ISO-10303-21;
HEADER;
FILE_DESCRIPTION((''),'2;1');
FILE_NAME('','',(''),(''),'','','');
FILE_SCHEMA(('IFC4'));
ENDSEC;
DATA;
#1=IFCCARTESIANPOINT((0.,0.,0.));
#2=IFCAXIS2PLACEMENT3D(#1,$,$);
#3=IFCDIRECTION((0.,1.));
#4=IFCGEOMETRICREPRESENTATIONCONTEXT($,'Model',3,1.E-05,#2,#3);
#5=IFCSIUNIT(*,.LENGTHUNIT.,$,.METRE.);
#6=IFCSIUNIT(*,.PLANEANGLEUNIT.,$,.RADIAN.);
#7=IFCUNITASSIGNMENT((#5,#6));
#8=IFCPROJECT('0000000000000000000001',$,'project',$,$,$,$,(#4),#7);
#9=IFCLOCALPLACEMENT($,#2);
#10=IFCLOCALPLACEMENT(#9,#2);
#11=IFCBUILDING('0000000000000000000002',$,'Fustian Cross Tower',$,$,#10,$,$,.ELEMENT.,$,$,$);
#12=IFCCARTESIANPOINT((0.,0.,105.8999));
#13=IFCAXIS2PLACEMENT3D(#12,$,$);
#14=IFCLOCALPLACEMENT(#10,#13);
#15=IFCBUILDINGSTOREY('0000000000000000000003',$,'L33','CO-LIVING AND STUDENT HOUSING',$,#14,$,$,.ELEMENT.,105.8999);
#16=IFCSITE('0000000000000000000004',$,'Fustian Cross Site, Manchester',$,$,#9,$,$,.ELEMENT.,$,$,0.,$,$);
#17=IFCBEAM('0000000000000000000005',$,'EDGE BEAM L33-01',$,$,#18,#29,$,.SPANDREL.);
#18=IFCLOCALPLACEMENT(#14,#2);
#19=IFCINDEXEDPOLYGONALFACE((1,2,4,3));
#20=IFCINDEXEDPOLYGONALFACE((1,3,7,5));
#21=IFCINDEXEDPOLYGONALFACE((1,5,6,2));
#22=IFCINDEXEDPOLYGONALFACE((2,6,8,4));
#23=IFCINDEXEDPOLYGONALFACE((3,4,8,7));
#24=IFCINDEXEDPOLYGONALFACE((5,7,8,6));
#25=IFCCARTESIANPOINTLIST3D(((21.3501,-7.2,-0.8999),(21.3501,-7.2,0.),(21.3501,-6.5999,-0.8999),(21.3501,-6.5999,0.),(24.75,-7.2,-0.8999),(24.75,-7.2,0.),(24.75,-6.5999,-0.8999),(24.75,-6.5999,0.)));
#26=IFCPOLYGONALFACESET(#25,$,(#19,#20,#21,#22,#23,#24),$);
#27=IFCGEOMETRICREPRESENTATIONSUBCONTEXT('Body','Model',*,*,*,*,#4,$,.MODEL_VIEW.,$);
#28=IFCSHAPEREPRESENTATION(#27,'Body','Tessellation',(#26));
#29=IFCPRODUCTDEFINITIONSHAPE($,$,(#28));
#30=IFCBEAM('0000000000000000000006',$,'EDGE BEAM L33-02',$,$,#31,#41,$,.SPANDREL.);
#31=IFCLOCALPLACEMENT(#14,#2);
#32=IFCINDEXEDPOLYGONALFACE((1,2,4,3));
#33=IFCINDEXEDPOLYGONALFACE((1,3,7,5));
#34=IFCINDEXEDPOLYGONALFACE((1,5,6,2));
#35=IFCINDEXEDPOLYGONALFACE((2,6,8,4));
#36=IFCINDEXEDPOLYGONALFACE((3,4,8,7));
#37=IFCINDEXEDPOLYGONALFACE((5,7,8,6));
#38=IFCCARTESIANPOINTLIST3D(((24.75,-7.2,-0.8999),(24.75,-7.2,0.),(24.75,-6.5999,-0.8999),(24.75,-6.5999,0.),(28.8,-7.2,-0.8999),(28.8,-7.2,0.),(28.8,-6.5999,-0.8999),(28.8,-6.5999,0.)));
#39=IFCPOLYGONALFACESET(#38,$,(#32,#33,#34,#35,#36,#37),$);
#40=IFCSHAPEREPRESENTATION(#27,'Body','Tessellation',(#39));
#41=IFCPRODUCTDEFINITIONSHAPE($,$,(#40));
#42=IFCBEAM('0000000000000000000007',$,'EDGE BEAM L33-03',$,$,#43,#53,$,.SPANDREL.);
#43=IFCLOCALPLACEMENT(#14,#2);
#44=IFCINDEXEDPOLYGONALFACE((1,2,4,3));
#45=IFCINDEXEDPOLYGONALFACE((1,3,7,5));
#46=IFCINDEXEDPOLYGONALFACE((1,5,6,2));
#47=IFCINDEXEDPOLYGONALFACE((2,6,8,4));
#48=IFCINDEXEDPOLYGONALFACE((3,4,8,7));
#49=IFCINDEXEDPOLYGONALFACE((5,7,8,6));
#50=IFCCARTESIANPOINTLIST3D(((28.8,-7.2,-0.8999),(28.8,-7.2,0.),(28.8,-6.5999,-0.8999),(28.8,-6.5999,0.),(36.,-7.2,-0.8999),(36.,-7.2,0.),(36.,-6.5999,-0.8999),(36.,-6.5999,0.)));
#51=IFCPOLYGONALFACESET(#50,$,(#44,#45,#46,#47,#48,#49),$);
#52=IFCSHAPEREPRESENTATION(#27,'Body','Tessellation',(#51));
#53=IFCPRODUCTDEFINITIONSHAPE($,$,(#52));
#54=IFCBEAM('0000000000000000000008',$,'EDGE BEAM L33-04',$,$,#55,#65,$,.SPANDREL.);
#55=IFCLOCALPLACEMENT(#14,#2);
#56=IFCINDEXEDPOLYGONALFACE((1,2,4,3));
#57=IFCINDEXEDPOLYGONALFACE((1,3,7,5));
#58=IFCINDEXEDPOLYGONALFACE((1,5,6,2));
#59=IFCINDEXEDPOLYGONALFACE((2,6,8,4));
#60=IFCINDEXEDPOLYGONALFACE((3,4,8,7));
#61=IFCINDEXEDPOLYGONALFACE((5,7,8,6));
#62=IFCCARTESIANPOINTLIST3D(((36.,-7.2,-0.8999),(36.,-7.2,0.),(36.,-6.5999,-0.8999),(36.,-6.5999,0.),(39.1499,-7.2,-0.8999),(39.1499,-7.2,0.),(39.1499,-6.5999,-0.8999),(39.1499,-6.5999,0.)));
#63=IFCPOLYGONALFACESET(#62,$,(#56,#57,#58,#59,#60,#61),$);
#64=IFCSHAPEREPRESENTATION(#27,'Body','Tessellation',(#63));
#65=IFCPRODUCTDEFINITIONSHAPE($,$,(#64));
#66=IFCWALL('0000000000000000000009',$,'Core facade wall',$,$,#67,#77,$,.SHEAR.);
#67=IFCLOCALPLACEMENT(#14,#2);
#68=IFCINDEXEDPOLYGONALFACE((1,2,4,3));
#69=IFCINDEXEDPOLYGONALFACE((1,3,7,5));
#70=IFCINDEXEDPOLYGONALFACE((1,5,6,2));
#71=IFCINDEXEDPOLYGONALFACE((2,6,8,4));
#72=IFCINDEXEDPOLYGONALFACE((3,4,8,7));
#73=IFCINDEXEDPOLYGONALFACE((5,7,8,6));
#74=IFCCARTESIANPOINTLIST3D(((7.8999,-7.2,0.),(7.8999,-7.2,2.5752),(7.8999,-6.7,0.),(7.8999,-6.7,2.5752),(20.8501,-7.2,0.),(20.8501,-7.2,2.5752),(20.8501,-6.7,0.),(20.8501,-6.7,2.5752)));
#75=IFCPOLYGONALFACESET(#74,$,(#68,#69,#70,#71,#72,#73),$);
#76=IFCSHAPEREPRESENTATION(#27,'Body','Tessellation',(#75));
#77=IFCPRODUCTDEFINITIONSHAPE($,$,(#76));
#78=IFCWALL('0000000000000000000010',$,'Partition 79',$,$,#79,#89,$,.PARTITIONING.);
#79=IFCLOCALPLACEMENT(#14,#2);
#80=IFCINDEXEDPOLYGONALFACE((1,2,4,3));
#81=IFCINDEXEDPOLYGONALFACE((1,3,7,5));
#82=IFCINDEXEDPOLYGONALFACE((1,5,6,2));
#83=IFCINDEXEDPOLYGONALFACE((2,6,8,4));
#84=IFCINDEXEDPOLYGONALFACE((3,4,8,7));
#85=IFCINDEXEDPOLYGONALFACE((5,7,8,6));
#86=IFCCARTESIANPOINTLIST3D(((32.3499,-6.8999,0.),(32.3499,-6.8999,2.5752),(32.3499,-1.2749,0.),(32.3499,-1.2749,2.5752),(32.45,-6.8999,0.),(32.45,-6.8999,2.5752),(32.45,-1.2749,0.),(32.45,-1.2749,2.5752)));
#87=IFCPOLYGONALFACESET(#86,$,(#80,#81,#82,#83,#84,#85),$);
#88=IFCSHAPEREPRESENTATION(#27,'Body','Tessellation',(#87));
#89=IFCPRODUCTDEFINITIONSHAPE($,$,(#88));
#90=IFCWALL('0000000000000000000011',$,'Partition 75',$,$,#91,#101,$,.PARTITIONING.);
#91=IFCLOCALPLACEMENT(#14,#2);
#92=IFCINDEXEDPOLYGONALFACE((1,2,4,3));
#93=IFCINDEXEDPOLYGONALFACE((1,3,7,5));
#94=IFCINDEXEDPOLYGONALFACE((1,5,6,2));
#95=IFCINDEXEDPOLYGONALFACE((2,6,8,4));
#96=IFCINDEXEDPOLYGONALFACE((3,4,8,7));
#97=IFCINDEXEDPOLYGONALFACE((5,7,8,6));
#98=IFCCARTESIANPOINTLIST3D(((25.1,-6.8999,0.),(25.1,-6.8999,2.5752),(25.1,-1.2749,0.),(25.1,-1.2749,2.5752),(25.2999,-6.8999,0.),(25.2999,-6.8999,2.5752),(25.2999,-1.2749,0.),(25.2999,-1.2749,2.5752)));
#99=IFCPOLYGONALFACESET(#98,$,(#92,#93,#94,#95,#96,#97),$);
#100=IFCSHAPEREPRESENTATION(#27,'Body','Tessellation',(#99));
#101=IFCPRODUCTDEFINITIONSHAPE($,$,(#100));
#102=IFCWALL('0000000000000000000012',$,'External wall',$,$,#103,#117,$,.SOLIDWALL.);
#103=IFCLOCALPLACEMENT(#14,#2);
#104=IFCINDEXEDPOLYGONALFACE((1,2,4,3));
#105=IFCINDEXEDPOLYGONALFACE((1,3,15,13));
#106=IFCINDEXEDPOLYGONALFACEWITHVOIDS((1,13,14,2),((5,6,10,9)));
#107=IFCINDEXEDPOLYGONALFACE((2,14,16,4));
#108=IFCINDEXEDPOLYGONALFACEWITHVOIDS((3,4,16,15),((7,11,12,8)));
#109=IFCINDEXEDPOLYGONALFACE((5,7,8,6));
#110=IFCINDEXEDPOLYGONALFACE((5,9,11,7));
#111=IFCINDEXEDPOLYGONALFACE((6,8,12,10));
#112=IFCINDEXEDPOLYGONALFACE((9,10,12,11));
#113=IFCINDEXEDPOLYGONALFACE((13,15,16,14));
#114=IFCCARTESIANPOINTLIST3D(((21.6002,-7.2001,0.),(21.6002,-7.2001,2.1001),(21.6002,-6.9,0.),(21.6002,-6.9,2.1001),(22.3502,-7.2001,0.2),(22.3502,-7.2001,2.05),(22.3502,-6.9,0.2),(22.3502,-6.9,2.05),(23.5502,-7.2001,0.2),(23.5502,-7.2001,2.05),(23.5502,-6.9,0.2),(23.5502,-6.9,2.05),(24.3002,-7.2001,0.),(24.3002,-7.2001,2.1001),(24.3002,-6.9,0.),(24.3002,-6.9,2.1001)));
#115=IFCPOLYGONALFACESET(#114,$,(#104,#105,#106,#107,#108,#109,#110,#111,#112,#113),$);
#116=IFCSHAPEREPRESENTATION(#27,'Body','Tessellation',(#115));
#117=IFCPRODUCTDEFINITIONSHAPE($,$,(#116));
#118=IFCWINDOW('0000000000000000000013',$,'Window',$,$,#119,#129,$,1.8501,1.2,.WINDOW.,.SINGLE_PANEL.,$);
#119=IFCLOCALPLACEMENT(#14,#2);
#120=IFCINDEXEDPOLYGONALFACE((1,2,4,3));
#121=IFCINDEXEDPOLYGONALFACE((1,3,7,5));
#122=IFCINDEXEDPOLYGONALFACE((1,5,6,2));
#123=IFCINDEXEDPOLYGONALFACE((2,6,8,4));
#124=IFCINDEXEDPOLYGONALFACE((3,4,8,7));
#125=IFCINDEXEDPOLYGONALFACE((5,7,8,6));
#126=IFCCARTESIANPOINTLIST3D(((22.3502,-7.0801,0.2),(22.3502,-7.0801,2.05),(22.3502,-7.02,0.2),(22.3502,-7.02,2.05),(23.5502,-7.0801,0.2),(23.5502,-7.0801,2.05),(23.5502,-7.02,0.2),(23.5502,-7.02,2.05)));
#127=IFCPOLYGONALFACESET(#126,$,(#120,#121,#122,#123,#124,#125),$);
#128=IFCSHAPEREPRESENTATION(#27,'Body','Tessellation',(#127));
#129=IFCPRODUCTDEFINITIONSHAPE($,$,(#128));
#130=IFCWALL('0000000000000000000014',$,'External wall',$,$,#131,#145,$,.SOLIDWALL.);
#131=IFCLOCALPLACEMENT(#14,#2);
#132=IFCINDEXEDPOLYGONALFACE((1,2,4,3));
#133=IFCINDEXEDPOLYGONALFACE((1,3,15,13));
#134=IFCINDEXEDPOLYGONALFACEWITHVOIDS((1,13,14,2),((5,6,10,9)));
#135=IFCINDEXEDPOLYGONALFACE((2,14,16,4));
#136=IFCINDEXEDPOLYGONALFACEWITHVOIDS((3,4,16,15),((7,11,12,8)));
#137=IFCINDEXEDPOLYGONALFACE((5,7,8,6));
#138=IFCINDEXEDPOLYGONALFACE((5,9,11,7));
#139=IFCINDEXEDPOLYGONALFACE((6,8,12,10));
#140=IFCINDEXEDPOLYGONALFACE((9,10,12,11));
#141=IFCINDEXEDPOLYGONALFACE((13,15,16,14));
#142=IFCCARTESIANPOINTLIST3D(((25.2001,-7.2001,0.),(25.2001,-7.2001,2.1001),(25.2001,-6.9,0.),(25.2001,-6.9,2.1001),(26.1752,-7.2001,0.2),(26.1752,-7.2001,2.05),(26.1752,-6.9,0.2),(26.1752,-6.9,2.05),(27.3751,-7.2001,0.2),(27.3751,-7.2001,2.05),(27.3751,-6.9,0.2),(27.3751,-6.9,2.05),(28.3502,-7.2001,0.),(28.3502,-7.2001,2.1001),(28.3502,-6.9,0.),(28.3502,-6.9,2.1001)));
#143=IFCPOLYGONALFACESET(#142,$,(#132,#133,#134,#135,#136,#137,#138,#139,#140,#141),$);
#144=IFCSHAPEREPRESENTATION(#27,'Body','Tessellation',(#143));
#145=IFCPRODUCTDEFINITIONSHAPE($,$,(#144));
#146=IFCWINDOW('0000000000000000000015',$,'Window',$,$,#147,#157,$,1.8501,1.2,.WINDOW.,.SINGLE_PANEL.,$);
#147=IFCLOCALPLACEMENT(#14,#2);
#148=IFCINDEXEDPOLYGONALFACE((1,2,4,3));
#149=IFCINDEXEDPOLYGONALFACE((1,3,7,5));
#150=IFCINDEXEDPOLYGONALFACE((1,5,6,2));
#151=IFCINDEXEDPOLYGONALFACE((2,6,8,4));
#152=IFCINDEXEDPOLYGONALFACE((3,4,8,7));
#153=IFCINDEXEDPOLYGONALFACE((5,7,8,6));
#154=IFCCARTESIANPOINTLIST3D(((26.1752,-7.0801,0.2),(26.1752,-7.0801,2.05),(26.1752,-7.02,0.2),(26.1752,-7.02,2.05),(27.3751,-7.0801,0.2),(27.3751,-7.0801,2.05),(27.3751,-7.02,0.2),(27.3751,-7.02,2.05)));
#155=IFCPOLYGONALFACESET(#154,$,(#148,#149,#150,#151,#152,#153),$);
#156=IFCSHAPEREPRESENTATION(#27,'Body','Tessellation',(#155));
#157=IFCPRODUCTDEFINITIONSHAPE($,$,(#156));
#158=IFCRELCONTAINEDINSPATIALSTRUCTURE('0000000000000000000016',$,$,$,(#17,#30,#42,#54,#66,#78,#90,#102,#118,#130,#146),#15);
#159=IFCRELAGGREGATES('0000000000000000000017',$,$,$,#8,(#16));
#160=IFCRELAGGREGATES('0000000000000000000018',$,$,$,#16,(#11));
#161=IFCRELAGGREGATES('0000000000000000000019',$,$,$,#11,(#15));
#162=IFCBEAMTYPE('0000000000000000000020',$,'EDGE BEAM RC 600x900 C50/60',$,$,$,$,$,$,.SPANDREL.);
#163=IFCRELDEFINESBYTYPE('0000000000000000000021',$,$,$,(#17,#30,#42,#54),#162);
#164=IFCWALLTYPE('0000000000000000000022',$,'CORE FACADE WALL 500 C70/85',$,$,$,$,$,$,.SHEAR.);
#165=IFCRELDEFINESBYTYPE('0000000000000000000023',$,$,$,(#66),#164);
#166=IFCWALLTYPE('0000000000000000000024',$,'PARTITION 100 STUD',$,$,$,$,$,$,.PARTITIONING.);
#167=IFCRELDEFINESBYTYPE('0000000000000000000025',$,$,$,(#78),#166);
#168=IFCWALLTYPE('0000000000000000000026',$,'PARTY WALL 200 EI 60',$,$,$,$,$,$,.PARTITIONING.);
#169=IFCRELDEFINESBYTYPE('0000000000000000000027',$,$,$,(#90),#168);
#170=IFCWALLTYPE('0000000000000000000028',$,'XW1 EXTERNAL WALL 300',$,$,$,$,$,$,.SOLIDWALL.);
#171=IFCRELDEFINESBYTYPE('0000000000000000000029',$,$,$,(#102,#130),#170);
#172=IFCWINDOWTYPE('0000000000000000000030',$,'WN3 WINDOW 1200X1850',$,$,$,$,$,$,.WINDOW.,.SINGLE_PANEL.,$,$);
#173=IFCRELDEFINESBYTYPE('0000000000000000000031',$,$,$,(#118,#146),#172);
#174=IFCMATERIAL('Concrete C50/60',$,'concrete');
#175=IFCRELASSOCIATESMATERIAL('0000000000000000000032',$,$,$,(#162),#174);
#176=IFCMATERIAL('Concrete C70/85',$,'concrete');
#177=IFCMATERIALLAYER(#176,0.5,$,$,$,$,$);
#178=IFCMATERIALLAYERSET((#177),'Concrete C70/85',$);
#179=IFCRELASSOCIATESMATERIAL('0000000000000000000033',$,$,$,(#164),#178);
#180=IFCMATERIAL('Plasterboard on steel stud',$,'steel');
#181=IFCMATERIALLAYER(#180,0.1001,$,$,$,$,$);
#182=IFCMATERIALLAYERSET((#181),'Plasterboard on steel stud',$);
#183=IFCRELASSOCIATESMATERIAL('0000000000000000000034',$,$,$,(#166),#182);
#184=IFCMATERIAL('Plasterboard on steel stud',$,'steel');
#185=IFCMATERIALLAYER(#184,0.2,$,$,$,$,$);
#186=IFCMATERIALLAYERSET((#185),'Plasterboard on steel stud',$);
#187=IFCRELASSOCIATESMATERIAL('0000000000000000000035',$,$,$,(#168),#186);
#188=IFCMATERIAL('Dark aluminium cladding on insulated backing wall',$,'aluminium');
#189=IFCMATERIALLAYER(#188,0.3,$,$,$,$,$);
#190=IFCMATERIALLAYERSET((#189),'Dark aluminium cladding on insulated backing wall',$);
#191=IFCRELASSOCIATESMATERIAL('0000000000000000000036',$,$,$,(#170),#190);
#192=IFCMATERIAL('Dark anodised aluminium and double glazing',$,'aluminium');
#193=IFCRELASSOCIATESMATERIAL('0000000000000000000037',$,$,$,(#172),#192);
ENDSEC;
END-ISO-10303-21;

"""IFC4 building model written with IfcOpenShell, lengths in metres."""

from ifc_helpers import new_model, si_unit, direction, frame, frame_2d, origin, origin_2d, place, context, subcontext, project, spatial, rectangle, extrude, material, layer, layer_set, material_profile, profile_set, type_object, element, fill, save


model = new_model("IFC4")

# Units and contexts
model_context = context("Model", 3, precision=1e-05, world=origin(), true_north=direction((0.0, 1.0)))
body_context = subcontext(model_context, "Body", "Model", "MODEL_VIEW")
ifc_project = project(units=[si_unit("LENGTHUNIT", "METRE"), si_unit("PLANEANGLEUNIT", "RADIAN")], contexts=[model_context])

# Site, building, storey
site_placement = place(None, origin())
site = spatial("IfcSite", under=ifc_project, at=site_placement, Name="Fustian Cross Site, Manchester", CompositionType="ELEMENT", RefElevation=0.0)
building_placement = place(site_placement, origin())
building = spatial("IfcBuilding", under=site, at=building_placement, Name="Fustian Cross Tower", CompositionType="ELEMENT")
storey_placement = place(building_placement, frame((0.0, 0.0, 105.8999)))
storey = spatial("IfcBuildingStorey", under=building, at=storey_placement, Name="L33", Description="CO-LIVING AND STUDENT HOUSING", CompositionType="ELEMENT", Elevation=105.8999)

# Beams
ifc_material_1 = material(Name="Concrete C50/60", Category="concrete")
ifc_material_profile = material_profile(ifc_material_1, rectangle(XDim=0.6001, YDim=0.8999, at=origin_2d()), Name="RC 600x900")
ifc_profile_set = profile_set([ifc_material_profile], Name="Concrete C50/60")
beam_type = type_object("IfcBeamType", Name="EDGE BEAM RC 600x900 C50/60", PredefinedType="SPANDREL", material=ifc_profile_set)
beam_1_placement = place(storey_placement, frame((21.3501, -6.8999, -0.45), z_axis=(1.0, 0.0, 0.0), x_axis=(0.0, 1.0, 0.0)))
element("IfcBeam", 1, at=beam_1_placement, inside=storey, type_object=beam_type, Name="EDGE BEAM L33-01", PredefinedType="SPANDREL", context=body_context, shape_type="SweptSolid", body=[
    extrude(rectangle(XDim=0.6001, YDim=0.8999, at=origin_2d()), origin(), (0.0, 0.0, 1.0), 3.3999),
])
beam_2_placement = place(storey_placement, frame((24.75, -6.8999, -0.45), z_axis=(1.0, 0.0, 0.0), x_axis=(0.0, 1.0, 0.0)))
element("IfcBeam", 2, at=beam_2_placement, inside=storey, type_object=beam_type, Name="EDGE BEAM L33-02", PredefinedType="SPANDREL", context=body_context, shape_type="SweptSolid", body=[
    extrude(rectangle(XDim=0.6001, YDim=0.8999, at=origin_2d()), origin(), (0.0, 0.0, 1.0), 4.05),
])
beam_3_placement = place(storey_placement, frame((28.8, -6.8999, -0.45), z_axis=(1.0, 0.0, 0.0), x_axis=(0.0, 1.0, 0.0)))
element("IfcBeam", 3, at=beam_3_placement, inside=storey, type_object=beam_type, Name="EDGE BEAM L33-03", PredefinedType="SPANDREL", context=body_context, shape_type="SweptSolid", body=[
    extrude(rectangle(XDim=0.6001, YDim=0.8999, at=origin_2d()), origin(), (0.0, 0.0, 1.0), 7.2),
])
beam_4_placement = place(storey_placement, frame((36.0, -6.8999, -0.45), z_axis=(1.0, 0.0, 0.0), x_axis=(0.0, 1.0, 0.0)))
element("IfcBeam", 4, at=beam_4_placement, inside=storey, type_object=beam_type, Name="EDGE BEAM L33-04", PredefinedType="SPANDREL", context=body_context, shape_type="SweptSolid", body=[
    extrude(rectangle(XDim=0.6001, YDim=0.8999, at=origin_2d()), origin(), (0.0, 0.0, 1.0), 3.1499),
])

# Walls
ifc_material_2 = material(Name="Concrete C70/85", Category="concrete")
ifc_layer_1 = layer(ifc_material_2, 0.5)
ifc_layer_set_1 = layer_set([ifc_layer_1], Name="Concrete C70/85")
wall_type_1 = type_object("IfcWallType", Name="CORE FACADE WALL 500 C70/85", PredefinedType="SHEAR", material=ifc_layer_set_1)
wall_1_placement = place(storey_placement, frame((7.8999, -6.95, 0.0), z_axis=(0.0, 0.0, 1.0), x_axis=(1.0, 0.0, 0.0)))
element("IfcWall", 5, at=wall_1_placement, inside=storey, type_object=wall_type_1, Name="Core facade wall", PredefinedType="SHEAR", context=body_context, shape_type="SweptSolid", body=[
    extrude(rectangle(XDim=12.9502, YDim=0.5, at=frame_2d((6.4751, 0.0))), origin(), (0.0, 0.0, 1.0), 2.5752),
])
ifc_material_3 = material(Name="Plasterboard on steel stud", Category="steel")
ifc_layer_2 = layer(ifc_material_3, 0.1001)
ifc_layer_set_2 = layer_set([ifc_layer_2], Name="Plasterboard on steel stud")
wall_type_2 = type_object("IfcWallType", Name="PARTITION 100 STUD", PredefinedType="PARTITIONING", material=ifc_layer_set_2)
wall_2_placement = place(storey_placement, frame((32.3999, -6.8999, 0.0), z_axis=(0.0, 0.0, 1.0), x_axis=(0.0, 1.0, 0.0)))
element("IfcWall", 6, at=wall_2_placement, inside=storey, type_object=wall_type_2, Name="Partition 79", PredefinedType="PARTITIONING", context=body_context, shape_type="SweptSolid", body=[
    extrude(rectangle(XDim=5.625, YDim=0.1001, at=frame_2d((2.8125, 0.0))), origin(), (0.0, 0.0, 1.0), 2.5752),
])
ifc_material_4 = material(Name="Plasterboard on steel stud", Category="steel")
ifc_layer_3 = layer(ifc_material_4, 0.2)
ifc_layer_set_3 = layer_set([ifc_layer_3], Name="Plasterboard on steel stud")
wall_type_3 = type_object("IfcWallType", Name="PARTY WALL 200 EI 60", PredefinedType="PARTITIONING", material=ifc_layer_set_3)
wall_3_placement = place(storey_placement, frame((25.2, -6.8999, 0.0), z_axis=(0.0, 0.0, 1.0), x_axis=(0.0, 1.0, 0.0)))
element("IfcWall", 7, at=wall_3_placement, inside=storey, type_object=wall_type_3, Name="Partition 75", PredefinedType="PARTITIONING", context=body_context, shape_type="SweptSolid", body=[
    extrude(rectangle(XDim=5.625, YDim=0.2, at=frame_2d((2.8125, 0.0))), origin(), (0.0, 0.0, 1.0), 2.5752),
])

# Walls, openings, windows
ifc_material_5 = material(Name="Dark aluminium cladding on insulated backing wall", Category="aluminium")
ifc_layer_4 = layer(ifc_material_5, 0.3)
ifc_layer_set_4 = layer_set([ifc_layer_4], Name="Dark aluminium cladding on insulated backing wall")
wall_type_4 = type_object("IfcWallType", Name="XW1 EXTERNAL WALL 300", PredefinedType="SOLIDWALL", material=ifc_layer_set_4)
wall_4_placement = place(storey_placement, frame((21.6001, -7.05, 0.0), z_axis=(0.0, 0.0, 1.0), x_axis=(1.0, 0.0, 0.0)))
wall_4 = element("IfcWall", 8, at=wall_4_placement, inside=storey, type_object=wall_type_4, Name="External wall", PredefinedType="SOLIDWALL", context=body_context, shape_type="SweptSolid", body=[
    extrude(rectangle(XDim=2.7, YDim=0.3, at=frame_2d((1.3501, 0.0))), origin(), (0.0, 0.0, 1.0), 2.1001),
])
opening_1_placement = place(wall_4_placement, frame((0.75, 0.0, 0.2)))
opening_1 = element("IfcOpeningElement", 9, at=opening_1_placement, cuts=wall_4, PredefinedType="OPENING", context=body_context, shape_type="SweptSolid", body=[
    extrude(rectangle(XDim=1.2, YDim=1.8501, at=frame_2d((0.6001, 0.925))), frame((0.0, 0.1599, 0.0), z_axis=(0.0, -1.0, 0.0), x_axis=(1.0, 0.0, 0.0)), (0.0, 0.0, 1.0), 0.3201),
])
ifc_material_6 = material(Name="Dark anodised aluminium and double glazing", Category="aluminium")
window_type = type_object("IfcWindowType", Name="WN3 WINDOW 1200X1850", PartitioningType="SINGLE_PANEL", PredefinedType="WINDOW", material=ifc_material_6)
window_1_placement = place(opening_1_placement, origin())
window_1 = element("IfcWindow", 10, at=window_1_placement, inside=storey, type_object=window_type, Name="Window", OverallHeight=1.8501, OverallWidth=1.2, PartitioningType="SINGLE_PANEL", PredefinedType="WINDOW", context=body_context, shape_type="SweptSolid", body=[
    extrude(rectangle(XDim=1.2, YDim=1.8501, at=frame_2d((0.6001, 0.925))), frame((0.0, 0.03, 0.0), z_axis=(0.0, -1.0, 0.0), x_axis=(1.0, 0.0, 0.0)), (0.0, 0.0, 1.0), 0.0601),
])
fill(opening_1, window_1)
wall_5_placement = place(storey_placement, frame((25.2, -7.05, 0.0), z_axis=(0.0, 0.0, 1.0), x_axis=(1.0, 0.0, 0.0)))
wall_5 = element("IfcWall", 11, at=wall_5_placement, inside=storey, type_object=wall_type_4, Name="External wall", PredefinedType="SOLIDWALL", context=body_context, shape_type="SweptSolid", body=[
    extrude(rectangle(XDim=3.1501, YDim=0.3, at=frame_2d((1.5752, 0.0))), origin(), (0.0, 0.0, 1.0), 2.1001),
])
opening_2_placement = place(wall_5_placement, frame((0.9751, 0.0, 0.2)))
opening_2 = element("IfcOpeningElement", 12, at=opening_2_placement, cuts=wall_5, PredefinedType="OPENING", context=body_context, shape_type="SweptSolid", body=[
    extrude(rectangle(XDim=1.2, YDim=1.8501, at=frame_2d((0.6001, 0.925))), frame((0.0, 0.1599, 0.0), z_axis=(0.0, -1.0, 0.0), x_axis=(1.0, 0.0, 0.0)), (0.0, 0.0, 1.0), 0.3201),
])
window_2_placement = place(opening_2_placement, origin())
window_2 = element("IfcWindow", 13, at=window_2_placement, inside=storey, type_object=window_type, Name="Window", OverallHeight=1.8501, OverallWidth=1.2, PartitioningType="SINGLE_PANEL", PredefinedType="WINDOW", context=body_context, shape_type="SweptSolid", body=[
    extrude(rectangle(XDim=1.2, YDim=1.8501, at=frame_2d((0.6001, 0.925))), frame((0.0, 0.03, 0.0), z_axis=(0.0, -1.0, 0.0), x_axis=(1.0, 0.0, 0.0)), (0.0, 0.0, 1.0), 0.0601),
])
fill(opening_2, window_2)

save(model, "model.ifc")
